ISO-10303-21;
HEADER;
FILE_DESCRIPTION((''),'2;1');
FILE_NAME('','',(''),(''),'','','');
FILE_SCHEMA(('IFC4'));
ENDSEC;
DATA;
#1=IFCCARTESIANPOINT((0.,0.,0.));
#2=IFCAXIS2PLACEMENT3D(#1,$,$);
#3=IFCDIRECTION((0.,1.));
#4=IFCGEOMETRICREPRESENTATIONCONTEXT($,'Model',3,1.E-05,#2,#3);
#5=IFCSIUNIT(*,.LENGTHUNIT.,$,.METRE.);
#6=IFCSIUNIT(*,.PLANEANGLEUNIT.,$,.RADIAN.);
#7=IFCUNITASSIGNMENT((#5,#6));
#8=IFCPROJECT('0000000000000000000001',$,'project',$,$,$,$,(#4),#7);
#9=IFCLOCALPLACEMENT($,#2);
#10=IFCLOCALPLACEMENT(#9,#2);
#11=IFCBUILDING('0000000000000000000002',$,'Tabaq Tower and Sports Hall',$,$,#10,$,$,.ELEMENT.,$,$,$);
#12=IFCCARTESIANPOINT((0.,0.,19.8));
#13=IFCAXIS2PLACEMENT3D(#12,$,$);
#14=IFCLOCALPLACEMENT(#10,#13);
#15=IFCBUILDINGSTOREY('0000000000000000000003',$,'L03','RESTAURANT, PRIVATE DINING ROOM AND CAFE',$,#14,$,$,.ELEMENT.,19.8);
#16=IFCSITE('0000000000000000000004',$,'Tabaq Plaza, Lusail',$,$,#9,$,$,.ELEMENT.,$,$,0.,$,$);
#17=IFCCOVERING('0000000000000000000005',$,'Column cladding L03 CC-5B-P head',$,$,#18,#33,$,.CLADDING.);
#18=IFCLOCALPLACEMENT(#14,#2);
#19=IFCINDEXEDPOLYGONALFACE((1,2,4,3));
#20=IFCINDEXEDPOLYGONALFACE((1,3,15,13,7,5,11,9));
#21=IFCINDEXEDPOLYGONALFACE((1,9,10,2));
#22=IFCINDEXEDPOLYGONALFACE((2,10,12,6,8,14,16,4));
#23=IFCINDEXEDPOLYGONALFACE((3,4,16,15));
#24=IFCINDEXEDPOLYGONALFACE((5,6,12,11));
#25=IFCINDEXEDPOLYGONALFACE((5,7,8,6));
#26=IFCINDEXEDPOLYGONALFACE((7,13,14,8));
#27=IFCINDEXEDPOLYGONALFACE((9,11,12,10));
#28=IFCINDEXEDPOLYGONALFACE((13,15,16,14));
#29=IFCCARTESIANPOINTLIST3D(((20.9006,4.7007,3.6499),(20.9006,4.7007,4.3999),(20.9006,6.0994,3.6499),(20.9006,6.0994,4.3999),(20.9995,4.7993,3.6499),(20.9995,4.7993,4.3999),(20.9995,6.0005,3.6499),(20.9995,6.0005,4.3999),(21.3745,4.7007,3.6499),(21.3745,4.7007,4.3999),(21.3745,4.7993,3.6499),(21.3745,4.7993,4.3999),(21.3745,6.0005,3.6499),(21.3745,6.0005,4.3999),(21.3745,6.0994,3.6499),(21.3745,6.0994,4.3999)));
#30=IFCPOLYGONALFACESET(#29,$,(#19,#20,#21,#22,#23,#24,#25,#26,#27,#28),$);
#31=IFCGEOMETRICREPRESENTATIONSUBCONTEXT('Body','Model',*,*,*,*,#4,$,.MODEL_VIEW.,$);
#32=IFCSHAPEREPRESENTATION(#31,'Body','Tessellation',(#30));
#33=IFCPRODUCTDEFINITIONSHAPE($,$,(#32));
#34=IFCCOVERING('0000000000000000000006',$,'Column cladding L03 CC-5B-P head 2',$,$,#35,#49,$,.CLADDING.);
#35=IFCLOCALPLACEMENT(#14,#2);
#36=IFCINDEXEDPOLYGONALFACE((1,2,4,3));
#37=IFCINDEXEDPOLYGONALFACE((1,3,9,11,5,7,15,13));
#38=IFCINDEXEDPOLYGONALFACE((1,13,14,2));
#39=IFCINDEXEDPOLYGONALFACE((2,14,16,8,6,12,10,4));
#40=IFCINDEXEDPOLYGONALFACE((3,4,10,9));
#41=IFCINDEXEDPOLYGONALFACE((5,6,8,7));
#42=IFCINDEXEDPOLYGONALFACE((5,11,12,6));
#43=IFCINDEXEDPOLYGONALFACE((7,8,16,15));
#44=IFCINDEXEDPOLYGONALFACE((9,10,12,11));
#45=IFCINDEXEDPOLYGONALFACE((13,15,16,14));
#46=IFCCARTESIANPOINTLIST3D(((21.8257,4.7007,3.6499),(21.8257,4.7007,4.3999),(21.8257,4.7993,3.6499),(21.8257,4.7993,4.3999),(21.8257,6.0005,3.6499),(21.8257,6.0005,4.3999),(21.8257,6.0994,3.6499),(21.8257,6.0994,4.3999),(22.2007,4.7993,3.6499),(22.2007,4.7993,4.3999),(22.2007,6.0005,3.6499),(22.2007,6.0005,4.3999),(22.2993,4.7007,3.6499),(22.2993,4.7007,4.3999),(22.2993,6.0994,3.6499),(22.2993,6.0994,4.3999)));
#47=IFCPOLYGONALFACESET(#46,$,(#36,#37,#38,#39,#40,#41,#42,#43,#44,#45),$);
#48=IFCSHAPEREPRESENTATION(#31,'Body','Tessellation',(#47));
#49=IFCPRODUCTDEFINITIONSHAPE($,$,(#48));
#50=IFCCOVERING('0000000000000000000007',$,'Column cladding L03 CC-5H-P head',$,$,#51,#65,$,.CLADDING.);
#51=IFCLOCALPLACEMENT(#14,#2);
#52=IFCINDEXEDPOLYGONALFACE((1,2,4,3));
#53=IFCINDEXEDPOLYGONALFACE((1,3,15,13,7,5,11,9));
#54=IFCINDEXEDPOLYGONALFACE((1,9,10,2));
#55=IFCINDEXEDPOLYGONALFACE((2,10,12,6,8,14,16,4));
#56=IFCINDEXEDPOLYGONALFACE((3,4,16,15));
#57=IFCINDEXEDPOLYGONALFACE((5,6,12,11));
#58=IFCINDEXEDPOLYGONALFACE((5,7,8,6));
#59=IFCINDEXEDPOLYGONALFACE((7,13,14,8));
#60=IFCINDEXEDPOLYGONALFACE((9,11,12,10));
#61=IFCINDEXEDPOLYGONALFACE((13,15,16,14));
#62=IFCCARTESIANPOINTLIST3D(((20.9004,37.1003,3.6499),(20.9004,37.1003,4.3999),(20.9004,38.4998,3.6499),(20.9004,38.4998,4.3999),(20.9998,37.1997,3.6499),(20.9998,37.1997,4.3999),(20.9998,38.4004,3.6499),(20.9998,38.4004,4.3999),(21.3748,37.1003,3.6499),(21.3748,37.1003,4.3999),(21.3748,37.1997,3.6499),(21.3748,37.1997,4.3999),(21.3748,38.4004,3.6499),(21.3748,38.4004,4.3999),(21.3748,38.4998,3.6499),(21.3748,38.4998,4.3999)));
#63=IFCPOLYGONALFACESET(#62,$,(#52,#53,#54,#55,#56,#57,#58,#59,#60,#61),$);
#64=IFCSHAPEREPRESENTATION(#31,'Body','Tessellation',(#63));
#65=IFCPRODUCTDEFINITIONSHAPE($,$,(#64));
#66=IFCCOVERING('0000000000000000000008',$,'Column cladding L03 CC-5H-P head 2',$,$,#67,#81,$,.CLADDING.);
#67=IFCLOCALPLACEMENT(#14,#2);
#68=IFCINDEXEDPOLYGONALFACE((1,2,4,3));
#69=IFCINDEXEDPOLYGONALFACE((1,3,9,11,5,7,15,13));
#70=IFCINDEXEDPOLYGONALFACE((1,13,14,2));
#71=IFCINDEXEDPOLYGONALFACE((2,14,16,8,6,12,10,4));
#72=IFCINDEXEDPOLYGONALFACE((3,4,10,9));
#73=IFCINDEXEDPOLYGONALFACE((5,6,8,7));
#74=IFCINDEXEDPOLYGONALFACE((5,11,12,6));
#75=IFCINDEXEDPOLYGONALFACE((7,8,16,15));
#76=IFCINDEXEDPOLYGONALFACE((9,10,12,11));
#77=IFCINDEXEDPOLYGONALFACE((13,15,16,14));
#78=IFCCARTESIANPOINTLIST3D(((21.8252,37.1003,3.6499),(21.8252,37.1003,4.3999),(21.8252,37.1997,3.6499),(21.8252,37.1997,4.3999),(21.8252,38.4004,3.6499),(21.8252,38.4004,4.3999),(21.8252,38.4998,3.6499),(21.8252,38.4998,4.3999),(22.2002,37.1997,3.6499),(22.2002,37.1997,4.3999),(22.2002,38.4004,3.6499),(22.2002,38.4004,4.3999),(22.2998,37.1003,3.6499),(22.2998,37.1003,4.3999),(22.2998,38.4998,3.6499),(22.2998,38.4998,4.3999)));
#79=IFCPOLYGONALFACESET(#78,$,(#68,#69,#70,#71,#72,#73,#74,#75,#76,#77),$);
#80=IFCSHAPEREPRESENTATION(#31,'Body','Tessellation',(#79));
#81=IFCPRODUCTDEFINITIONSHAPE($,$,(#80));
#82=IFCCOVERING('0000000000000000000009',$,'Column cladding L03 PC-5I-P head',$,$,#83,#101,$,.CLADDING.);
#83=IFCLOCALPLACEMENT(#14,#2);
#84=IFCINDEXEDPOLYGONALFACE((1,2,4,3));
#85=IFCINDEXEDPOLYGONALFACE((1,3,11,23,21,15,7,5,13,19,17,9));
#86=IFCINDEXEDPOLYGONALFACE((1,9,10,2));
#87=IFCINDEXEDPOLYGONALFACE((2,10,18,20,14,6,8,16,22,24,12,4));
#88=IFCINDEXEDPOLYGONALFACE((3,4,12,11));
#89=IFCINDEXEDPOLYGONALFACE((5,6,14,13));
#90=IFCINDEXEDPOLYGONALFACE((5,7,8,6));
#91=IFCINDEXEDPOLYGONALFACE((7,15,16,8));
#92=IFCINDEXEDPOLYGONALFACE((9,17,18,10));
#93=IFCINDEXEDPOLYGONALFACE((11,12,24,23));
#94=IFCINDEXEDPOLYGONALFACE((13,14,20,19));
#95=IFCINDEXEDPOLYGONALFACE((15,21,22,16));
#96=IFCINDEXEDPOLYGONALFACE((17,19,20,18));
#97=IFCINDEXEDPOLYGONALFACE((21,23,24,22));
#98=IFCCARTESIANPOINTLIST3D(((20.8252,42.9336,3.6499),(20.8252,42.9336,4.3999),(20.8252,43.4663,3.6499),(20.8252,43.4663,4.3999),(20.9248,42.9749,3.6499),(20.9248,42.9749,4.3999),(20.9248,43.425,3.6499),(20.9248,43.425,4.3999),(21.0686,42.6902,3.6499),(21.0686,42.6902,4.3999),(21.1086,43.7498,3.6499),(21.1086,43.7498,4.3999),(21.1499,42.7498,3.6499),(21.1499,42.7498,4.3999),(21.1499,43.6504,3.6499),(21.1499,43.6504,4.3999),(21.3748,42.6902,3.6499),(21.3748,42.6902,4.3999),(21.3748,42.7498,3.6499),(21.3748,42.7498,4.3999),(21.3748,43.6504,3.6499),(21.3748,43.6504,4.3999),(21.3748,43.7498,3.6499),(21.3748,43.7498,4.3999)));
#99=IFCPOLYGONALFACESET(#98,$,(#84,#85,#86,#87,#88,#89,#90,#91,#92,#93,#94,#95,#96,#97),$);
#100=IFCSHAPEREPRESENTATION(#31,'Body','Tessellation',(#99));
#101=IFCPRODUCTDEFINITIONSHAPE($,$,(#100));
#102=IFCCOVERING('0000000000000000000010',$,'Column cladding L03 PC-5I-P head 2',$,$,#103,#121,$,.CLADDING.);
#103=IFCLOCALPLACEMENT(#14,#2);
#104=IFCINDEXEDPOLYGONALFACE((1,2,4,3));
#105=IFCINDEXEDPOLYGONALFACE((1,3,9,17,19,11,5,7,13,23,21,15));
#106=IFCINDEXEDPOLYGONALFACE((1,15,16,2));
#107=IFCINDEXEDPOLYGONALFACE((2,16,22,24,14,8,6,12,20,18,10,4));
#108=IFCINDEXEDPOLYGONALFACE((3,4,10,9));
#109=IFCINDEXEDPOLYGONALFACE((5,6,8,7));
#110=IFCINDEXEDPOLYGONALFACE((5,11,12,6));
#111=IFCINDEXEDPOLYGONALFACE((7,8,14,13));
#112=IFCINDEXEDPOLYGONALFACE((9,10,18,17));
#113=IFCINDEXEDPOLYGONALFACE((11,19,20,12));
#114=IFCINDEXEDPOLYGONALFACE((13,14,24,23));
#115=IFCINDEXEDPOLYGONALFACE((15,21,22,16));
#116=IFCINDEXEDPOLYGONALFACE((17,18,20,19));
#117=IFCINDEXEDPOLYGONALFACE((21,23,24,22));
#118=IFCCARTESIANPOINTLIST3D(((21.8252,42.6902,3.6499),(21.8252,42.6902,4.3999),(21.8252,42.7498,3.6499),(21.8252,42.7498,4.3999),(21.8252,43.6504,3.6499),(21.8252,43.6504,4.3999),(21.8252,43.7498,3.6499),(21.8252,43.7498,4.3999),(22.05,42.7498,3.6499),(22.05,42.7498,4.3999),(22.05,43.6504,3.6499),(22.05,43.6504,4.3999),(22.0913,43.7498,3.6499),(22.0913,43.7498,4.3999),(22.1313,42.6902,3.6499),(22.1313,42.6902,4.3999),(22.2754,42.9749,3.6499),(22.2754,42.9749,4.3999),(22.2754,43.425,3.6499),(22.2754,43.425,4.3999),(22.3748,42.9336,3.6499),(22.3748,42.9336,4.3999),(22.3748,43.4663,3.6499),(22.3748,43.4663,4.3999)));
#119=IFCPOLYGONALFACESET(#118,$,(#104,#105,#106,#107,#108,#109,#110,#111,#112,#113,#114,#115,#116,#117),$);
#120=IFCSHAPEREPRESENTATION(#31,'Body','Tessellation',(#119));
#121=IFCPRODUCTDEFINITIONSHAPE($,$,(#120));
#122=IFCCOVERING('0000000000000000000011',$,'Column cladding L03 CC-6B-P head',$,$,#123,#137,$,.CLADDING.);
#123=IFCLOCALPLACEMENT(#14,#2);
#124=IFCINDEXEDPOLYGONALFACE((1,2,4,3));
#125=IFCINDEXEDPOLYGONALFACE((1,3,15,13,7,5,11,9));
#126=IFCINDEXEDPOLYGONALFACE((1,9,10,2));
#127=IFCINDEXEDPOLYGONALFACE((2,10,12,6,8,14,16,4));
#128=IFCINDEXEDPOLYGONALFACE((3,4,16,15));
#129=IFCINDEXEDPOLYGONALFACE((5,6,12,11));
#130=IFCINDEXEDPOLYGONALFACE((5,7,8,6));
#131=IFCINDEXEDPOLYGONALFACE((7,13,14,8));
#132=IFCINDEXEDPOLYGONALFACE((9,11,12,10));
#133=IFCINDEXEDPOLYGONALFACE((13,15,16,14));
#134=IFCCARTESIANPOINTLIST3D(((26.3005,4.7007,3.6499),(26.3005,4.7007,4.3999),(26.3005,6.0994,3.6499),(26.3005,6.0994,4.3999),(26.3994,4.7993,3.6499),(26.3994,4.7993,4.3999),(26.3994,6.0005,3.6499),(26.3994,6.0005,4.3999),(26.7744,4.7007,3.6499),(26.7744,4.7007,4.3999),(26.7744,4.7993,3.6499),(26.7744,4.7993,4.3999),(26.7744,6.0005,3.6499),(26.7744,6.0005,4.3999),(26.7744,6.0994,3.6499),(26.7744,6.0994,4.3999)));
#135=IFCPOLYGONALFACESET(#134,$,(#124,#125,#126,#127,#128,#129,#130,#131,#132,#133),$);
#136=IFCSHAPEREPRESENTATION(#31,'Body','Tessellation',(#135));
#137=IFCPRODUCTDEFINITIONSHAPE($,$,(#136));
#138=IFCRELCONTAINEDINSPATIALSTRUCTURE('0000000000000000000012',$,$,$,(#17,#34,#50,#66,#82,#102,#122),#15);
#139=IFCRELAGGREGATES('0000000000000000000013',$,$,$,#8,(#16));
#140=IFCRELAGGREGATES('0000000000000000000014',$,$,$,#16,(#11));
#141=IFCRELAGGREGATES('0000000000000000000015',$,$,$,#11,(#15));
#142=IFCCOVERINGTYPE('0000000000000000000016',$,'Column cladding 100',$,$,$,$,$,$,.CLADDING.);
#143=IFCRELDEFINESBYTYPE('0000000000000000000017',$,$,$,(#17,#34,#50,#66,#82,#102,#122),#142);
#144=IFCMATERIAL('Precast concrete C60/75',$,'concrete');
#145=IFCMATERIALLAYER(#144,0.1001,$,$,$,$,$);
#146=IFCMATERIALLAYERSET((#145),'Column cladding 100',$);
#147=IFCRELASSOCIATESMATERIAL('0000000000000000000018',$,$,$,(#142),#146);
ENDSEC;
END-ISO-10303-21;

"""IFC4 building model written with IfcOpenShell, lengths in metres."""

from ifc_helpers import new_model, si_unit, direction, frame, origin, place, context, subcontext, project, spatial, polyline, outline, extrude, material, layer, layer_set, type_object, element, save


model = new_model("IFC4")

# Units and contexts
model_context = context("Model", 3, precision=1e-05, world=origin(), true_north=direction((0.0, 1.0)))
body_context = subcontext(model_context, "Body", "Model", "MODEL_VIEW")
ifc_project = project(units=[si_unit("LENGTHUNIT", "METRE"), si_unit("PLANEANGLEUNIT", "RADIAN")], contexts=[model_context])

# Site, building, storey
site_placement = place(None, origin())
site = spatial("IfcSite", under=ifc_project, at=site_placement, Name="Tabaq Plaza, Lusail", CompositionType="ELEMENT", RefElevation=0.0)
building_placement = place(site_placement, origin())
building = spatial("IfcBuilding", under=site, at=building_placement, Name="Tabaq Tower and Sports Hall", CompositionType="ELEMENT")
storey_placement = place(building_placement, frame((0.0, 0.0, 19.8)))
storey = spatial("IfcBuildingStorey", under=building, at=storey_placement, Name="L03", Description="RESTAURANT, PRIVATE DINING ROOM AND CAFE", CompositionType="ELEMENT", Elevation=19.8)

# Coverings
ifc_material = material(Name="Precast concrete C60/75", Category="concrete")
ifc_layer = layer(ifc_material, 0.1001)
ifc_layer_set = layer_set([ifc_layer], Name="Column cladding 100")
covering_type = type_object("IfcCoveringType", Name="Column cladding 100", PredefinedType="CLADDING", material=ifc_layer_set)
covering_1_placement = place(storey_placement, frame((0.0, 0.0, 3.6499)))
element("IfcCovering", 1, at=covering_1_placement, inside=storey, type_object=covering_type, Name="Column cladding L03 CC-5B-P head", PredefinedType="CLADDING", context=body_context, shape_type="SweptSolid", body=[
    extrude(outline(polyline([(21.3745, 4.7993), (21.3745, 4.7007), (20.9006, 4.7007), (20.9006, 6.0994), (21.3745, 6.0994), (21.3745, 6.0005), (20.9995, 6.0005), (20.9995, 4.7993), (21.3745, 4.7993)])), origin(), (0.0, 0.0, 1.0), 0.75),
])
covering_2_placement = place(storey_placement, frame((0.0, 0.0, 3.6499)))
element("IfcCovering", 2, at=covering_2_placement, inside=storey, type_object=covering_type, Name="Column cladding L03 CC-5B-P head 2", PredefinedType="CLADDING", context=body_context, shape_type="SweptSolid", body=[
    extrude(outline(polyline([(21.8257, 4.7993), (22.2007, 4.7993), (22.2007, 6.0005), (21.8257, 6.0005), (21.8257, 6.0994), (22.2993, 6.0994), (22.2993, 4.7007), (21.8257, 4.7007), (21.8257, 4.7993)])), origin(), (0.0, 0.0, 1.0), 0.75),
])
covering_3_placement = place(storey_placement, frame((0.0, 0.0, 3.6499)))
element("IfcCovering", 3, at=covering_3_placement, inside=storey, type_object=covering_type, Name="Column cladding L03 CC-5H-P head", PredefinedType="CLADDING", context=body_context, shape_type="SweptSolid", body=[
    extrude(outline(polyline([(21.3748, 38.4998), (21.3748, 38.4004), (20.9998, 38.4004), (20.9998, 37.1997), (21.3748, 37.1997), (21.3748, 37.1003), (20.9004, 37.1003), (20.9004, 38.4998), (21.3748, 38.4998)])), origin(), (0.0, 0.0, 1.0), 0.75),
])
covering_4_placement = place(storey_placement, frame((0.0, 0.0, 3.6499)))
element("IfcCovering", 4, at=covering_4_placement, inside=storey, type_object=covering_type, Name="Column cladding L03 CC-5H-P head 2", PredefinedType="CLADDING", context=body_context, shape_type="SweptSolid", body=[
    extrude(outline(polyline([(22.2998, 38.4998), (22.2998, 37.1003), (21.8252, 37.1003), (21.8252, 37.1997), (22.2002, 37.1997), (22.2002, 38.4004), (21.8252, 38.4004), (21.8252, 38.4998), (22.2998, 38.4998)])), origin(), (0.0, 0.0, 1.0), 0.75),
])
covering_5_placement = place(storey_placement, frame((0.0, 0.0, 3.6499)))
element("IfcCovering", 5, at=covering_5_placement, inside=storey, type_object=covering_type, Name="Column cladding L03 PC-5I-P head", PredefinedType="CLADDING", context=body_context, shape_type="SweptSolid", body=[
    extrude(outline(polyline([(21.1086, 43.7498), (21.3748, 43.7498), (21.3748, 43.6504), (21.1499, 43.6504), (20.9248, 43.425), (20.9248, 42.9749), (21.1499, 42.7498), (21.3748, 42.7498), (21.3748, 42.6902), (21.0686, 42.6902), (20.8252, 42.9336), (20.8252, 43.4663), (21.1086, 43.7498)])), origin(), (0.0, 0.0, 1.0), 0.75),
])
covering_6_placement = place(storey_placement, frame((0.0, 0.0, 3.6499)))
element("IfcCovering", 6, at=covering_6_placement, inside=storey, type_object=covering_type, Name="Column cladding L03 PC-5I-P head 2", PredefinedType="CLADDING", context=body_context, shape_type="SweptSolid", body=[
    extrude(outline(polyline([(22.0913, 43.7498), (22.3748, 43.4663), (22.3748, 42.9336), (22.1313, 42.6902), (21.8252, 42.6902), (21.8252, 42.7498), (22.05, 42.7498), (22.2754, 42.9749), (22.2754, 43.425), (22.05, 43.6504), (21.8252, 43.6504), (21.8252, 43.7498), (22.0913, 43.7498)])), origin(), (0.0, 0.0, 1.0), 0.75),
])
covering_7_placement = place(storey_placement, frame((0.0, 0.0, 3.6499)))
element("IfcCovering", 7, at=covering_7_placement, inside=storey, type_object=covering_type, Name="Column cladding L03 CC-6B-P head", PredefinedType="CLADDING", context=body_context, shape_type="SweptSolid", body=[
    extrude(outline(polyline([(26.7744, 4.7993), (26.7744, 4.7007), (26.3005, 4.7007), (26.3005, 6.0994), (26.7744, 6.0994), (26.7744, 6.0005), (26.3994, 6.0005), (26.3994, 4.7993), (26.7744, 4.7993)])), origin(), (0.0, 0.0, 1.0), 0.75),
])

save(model, "model.ifc")
